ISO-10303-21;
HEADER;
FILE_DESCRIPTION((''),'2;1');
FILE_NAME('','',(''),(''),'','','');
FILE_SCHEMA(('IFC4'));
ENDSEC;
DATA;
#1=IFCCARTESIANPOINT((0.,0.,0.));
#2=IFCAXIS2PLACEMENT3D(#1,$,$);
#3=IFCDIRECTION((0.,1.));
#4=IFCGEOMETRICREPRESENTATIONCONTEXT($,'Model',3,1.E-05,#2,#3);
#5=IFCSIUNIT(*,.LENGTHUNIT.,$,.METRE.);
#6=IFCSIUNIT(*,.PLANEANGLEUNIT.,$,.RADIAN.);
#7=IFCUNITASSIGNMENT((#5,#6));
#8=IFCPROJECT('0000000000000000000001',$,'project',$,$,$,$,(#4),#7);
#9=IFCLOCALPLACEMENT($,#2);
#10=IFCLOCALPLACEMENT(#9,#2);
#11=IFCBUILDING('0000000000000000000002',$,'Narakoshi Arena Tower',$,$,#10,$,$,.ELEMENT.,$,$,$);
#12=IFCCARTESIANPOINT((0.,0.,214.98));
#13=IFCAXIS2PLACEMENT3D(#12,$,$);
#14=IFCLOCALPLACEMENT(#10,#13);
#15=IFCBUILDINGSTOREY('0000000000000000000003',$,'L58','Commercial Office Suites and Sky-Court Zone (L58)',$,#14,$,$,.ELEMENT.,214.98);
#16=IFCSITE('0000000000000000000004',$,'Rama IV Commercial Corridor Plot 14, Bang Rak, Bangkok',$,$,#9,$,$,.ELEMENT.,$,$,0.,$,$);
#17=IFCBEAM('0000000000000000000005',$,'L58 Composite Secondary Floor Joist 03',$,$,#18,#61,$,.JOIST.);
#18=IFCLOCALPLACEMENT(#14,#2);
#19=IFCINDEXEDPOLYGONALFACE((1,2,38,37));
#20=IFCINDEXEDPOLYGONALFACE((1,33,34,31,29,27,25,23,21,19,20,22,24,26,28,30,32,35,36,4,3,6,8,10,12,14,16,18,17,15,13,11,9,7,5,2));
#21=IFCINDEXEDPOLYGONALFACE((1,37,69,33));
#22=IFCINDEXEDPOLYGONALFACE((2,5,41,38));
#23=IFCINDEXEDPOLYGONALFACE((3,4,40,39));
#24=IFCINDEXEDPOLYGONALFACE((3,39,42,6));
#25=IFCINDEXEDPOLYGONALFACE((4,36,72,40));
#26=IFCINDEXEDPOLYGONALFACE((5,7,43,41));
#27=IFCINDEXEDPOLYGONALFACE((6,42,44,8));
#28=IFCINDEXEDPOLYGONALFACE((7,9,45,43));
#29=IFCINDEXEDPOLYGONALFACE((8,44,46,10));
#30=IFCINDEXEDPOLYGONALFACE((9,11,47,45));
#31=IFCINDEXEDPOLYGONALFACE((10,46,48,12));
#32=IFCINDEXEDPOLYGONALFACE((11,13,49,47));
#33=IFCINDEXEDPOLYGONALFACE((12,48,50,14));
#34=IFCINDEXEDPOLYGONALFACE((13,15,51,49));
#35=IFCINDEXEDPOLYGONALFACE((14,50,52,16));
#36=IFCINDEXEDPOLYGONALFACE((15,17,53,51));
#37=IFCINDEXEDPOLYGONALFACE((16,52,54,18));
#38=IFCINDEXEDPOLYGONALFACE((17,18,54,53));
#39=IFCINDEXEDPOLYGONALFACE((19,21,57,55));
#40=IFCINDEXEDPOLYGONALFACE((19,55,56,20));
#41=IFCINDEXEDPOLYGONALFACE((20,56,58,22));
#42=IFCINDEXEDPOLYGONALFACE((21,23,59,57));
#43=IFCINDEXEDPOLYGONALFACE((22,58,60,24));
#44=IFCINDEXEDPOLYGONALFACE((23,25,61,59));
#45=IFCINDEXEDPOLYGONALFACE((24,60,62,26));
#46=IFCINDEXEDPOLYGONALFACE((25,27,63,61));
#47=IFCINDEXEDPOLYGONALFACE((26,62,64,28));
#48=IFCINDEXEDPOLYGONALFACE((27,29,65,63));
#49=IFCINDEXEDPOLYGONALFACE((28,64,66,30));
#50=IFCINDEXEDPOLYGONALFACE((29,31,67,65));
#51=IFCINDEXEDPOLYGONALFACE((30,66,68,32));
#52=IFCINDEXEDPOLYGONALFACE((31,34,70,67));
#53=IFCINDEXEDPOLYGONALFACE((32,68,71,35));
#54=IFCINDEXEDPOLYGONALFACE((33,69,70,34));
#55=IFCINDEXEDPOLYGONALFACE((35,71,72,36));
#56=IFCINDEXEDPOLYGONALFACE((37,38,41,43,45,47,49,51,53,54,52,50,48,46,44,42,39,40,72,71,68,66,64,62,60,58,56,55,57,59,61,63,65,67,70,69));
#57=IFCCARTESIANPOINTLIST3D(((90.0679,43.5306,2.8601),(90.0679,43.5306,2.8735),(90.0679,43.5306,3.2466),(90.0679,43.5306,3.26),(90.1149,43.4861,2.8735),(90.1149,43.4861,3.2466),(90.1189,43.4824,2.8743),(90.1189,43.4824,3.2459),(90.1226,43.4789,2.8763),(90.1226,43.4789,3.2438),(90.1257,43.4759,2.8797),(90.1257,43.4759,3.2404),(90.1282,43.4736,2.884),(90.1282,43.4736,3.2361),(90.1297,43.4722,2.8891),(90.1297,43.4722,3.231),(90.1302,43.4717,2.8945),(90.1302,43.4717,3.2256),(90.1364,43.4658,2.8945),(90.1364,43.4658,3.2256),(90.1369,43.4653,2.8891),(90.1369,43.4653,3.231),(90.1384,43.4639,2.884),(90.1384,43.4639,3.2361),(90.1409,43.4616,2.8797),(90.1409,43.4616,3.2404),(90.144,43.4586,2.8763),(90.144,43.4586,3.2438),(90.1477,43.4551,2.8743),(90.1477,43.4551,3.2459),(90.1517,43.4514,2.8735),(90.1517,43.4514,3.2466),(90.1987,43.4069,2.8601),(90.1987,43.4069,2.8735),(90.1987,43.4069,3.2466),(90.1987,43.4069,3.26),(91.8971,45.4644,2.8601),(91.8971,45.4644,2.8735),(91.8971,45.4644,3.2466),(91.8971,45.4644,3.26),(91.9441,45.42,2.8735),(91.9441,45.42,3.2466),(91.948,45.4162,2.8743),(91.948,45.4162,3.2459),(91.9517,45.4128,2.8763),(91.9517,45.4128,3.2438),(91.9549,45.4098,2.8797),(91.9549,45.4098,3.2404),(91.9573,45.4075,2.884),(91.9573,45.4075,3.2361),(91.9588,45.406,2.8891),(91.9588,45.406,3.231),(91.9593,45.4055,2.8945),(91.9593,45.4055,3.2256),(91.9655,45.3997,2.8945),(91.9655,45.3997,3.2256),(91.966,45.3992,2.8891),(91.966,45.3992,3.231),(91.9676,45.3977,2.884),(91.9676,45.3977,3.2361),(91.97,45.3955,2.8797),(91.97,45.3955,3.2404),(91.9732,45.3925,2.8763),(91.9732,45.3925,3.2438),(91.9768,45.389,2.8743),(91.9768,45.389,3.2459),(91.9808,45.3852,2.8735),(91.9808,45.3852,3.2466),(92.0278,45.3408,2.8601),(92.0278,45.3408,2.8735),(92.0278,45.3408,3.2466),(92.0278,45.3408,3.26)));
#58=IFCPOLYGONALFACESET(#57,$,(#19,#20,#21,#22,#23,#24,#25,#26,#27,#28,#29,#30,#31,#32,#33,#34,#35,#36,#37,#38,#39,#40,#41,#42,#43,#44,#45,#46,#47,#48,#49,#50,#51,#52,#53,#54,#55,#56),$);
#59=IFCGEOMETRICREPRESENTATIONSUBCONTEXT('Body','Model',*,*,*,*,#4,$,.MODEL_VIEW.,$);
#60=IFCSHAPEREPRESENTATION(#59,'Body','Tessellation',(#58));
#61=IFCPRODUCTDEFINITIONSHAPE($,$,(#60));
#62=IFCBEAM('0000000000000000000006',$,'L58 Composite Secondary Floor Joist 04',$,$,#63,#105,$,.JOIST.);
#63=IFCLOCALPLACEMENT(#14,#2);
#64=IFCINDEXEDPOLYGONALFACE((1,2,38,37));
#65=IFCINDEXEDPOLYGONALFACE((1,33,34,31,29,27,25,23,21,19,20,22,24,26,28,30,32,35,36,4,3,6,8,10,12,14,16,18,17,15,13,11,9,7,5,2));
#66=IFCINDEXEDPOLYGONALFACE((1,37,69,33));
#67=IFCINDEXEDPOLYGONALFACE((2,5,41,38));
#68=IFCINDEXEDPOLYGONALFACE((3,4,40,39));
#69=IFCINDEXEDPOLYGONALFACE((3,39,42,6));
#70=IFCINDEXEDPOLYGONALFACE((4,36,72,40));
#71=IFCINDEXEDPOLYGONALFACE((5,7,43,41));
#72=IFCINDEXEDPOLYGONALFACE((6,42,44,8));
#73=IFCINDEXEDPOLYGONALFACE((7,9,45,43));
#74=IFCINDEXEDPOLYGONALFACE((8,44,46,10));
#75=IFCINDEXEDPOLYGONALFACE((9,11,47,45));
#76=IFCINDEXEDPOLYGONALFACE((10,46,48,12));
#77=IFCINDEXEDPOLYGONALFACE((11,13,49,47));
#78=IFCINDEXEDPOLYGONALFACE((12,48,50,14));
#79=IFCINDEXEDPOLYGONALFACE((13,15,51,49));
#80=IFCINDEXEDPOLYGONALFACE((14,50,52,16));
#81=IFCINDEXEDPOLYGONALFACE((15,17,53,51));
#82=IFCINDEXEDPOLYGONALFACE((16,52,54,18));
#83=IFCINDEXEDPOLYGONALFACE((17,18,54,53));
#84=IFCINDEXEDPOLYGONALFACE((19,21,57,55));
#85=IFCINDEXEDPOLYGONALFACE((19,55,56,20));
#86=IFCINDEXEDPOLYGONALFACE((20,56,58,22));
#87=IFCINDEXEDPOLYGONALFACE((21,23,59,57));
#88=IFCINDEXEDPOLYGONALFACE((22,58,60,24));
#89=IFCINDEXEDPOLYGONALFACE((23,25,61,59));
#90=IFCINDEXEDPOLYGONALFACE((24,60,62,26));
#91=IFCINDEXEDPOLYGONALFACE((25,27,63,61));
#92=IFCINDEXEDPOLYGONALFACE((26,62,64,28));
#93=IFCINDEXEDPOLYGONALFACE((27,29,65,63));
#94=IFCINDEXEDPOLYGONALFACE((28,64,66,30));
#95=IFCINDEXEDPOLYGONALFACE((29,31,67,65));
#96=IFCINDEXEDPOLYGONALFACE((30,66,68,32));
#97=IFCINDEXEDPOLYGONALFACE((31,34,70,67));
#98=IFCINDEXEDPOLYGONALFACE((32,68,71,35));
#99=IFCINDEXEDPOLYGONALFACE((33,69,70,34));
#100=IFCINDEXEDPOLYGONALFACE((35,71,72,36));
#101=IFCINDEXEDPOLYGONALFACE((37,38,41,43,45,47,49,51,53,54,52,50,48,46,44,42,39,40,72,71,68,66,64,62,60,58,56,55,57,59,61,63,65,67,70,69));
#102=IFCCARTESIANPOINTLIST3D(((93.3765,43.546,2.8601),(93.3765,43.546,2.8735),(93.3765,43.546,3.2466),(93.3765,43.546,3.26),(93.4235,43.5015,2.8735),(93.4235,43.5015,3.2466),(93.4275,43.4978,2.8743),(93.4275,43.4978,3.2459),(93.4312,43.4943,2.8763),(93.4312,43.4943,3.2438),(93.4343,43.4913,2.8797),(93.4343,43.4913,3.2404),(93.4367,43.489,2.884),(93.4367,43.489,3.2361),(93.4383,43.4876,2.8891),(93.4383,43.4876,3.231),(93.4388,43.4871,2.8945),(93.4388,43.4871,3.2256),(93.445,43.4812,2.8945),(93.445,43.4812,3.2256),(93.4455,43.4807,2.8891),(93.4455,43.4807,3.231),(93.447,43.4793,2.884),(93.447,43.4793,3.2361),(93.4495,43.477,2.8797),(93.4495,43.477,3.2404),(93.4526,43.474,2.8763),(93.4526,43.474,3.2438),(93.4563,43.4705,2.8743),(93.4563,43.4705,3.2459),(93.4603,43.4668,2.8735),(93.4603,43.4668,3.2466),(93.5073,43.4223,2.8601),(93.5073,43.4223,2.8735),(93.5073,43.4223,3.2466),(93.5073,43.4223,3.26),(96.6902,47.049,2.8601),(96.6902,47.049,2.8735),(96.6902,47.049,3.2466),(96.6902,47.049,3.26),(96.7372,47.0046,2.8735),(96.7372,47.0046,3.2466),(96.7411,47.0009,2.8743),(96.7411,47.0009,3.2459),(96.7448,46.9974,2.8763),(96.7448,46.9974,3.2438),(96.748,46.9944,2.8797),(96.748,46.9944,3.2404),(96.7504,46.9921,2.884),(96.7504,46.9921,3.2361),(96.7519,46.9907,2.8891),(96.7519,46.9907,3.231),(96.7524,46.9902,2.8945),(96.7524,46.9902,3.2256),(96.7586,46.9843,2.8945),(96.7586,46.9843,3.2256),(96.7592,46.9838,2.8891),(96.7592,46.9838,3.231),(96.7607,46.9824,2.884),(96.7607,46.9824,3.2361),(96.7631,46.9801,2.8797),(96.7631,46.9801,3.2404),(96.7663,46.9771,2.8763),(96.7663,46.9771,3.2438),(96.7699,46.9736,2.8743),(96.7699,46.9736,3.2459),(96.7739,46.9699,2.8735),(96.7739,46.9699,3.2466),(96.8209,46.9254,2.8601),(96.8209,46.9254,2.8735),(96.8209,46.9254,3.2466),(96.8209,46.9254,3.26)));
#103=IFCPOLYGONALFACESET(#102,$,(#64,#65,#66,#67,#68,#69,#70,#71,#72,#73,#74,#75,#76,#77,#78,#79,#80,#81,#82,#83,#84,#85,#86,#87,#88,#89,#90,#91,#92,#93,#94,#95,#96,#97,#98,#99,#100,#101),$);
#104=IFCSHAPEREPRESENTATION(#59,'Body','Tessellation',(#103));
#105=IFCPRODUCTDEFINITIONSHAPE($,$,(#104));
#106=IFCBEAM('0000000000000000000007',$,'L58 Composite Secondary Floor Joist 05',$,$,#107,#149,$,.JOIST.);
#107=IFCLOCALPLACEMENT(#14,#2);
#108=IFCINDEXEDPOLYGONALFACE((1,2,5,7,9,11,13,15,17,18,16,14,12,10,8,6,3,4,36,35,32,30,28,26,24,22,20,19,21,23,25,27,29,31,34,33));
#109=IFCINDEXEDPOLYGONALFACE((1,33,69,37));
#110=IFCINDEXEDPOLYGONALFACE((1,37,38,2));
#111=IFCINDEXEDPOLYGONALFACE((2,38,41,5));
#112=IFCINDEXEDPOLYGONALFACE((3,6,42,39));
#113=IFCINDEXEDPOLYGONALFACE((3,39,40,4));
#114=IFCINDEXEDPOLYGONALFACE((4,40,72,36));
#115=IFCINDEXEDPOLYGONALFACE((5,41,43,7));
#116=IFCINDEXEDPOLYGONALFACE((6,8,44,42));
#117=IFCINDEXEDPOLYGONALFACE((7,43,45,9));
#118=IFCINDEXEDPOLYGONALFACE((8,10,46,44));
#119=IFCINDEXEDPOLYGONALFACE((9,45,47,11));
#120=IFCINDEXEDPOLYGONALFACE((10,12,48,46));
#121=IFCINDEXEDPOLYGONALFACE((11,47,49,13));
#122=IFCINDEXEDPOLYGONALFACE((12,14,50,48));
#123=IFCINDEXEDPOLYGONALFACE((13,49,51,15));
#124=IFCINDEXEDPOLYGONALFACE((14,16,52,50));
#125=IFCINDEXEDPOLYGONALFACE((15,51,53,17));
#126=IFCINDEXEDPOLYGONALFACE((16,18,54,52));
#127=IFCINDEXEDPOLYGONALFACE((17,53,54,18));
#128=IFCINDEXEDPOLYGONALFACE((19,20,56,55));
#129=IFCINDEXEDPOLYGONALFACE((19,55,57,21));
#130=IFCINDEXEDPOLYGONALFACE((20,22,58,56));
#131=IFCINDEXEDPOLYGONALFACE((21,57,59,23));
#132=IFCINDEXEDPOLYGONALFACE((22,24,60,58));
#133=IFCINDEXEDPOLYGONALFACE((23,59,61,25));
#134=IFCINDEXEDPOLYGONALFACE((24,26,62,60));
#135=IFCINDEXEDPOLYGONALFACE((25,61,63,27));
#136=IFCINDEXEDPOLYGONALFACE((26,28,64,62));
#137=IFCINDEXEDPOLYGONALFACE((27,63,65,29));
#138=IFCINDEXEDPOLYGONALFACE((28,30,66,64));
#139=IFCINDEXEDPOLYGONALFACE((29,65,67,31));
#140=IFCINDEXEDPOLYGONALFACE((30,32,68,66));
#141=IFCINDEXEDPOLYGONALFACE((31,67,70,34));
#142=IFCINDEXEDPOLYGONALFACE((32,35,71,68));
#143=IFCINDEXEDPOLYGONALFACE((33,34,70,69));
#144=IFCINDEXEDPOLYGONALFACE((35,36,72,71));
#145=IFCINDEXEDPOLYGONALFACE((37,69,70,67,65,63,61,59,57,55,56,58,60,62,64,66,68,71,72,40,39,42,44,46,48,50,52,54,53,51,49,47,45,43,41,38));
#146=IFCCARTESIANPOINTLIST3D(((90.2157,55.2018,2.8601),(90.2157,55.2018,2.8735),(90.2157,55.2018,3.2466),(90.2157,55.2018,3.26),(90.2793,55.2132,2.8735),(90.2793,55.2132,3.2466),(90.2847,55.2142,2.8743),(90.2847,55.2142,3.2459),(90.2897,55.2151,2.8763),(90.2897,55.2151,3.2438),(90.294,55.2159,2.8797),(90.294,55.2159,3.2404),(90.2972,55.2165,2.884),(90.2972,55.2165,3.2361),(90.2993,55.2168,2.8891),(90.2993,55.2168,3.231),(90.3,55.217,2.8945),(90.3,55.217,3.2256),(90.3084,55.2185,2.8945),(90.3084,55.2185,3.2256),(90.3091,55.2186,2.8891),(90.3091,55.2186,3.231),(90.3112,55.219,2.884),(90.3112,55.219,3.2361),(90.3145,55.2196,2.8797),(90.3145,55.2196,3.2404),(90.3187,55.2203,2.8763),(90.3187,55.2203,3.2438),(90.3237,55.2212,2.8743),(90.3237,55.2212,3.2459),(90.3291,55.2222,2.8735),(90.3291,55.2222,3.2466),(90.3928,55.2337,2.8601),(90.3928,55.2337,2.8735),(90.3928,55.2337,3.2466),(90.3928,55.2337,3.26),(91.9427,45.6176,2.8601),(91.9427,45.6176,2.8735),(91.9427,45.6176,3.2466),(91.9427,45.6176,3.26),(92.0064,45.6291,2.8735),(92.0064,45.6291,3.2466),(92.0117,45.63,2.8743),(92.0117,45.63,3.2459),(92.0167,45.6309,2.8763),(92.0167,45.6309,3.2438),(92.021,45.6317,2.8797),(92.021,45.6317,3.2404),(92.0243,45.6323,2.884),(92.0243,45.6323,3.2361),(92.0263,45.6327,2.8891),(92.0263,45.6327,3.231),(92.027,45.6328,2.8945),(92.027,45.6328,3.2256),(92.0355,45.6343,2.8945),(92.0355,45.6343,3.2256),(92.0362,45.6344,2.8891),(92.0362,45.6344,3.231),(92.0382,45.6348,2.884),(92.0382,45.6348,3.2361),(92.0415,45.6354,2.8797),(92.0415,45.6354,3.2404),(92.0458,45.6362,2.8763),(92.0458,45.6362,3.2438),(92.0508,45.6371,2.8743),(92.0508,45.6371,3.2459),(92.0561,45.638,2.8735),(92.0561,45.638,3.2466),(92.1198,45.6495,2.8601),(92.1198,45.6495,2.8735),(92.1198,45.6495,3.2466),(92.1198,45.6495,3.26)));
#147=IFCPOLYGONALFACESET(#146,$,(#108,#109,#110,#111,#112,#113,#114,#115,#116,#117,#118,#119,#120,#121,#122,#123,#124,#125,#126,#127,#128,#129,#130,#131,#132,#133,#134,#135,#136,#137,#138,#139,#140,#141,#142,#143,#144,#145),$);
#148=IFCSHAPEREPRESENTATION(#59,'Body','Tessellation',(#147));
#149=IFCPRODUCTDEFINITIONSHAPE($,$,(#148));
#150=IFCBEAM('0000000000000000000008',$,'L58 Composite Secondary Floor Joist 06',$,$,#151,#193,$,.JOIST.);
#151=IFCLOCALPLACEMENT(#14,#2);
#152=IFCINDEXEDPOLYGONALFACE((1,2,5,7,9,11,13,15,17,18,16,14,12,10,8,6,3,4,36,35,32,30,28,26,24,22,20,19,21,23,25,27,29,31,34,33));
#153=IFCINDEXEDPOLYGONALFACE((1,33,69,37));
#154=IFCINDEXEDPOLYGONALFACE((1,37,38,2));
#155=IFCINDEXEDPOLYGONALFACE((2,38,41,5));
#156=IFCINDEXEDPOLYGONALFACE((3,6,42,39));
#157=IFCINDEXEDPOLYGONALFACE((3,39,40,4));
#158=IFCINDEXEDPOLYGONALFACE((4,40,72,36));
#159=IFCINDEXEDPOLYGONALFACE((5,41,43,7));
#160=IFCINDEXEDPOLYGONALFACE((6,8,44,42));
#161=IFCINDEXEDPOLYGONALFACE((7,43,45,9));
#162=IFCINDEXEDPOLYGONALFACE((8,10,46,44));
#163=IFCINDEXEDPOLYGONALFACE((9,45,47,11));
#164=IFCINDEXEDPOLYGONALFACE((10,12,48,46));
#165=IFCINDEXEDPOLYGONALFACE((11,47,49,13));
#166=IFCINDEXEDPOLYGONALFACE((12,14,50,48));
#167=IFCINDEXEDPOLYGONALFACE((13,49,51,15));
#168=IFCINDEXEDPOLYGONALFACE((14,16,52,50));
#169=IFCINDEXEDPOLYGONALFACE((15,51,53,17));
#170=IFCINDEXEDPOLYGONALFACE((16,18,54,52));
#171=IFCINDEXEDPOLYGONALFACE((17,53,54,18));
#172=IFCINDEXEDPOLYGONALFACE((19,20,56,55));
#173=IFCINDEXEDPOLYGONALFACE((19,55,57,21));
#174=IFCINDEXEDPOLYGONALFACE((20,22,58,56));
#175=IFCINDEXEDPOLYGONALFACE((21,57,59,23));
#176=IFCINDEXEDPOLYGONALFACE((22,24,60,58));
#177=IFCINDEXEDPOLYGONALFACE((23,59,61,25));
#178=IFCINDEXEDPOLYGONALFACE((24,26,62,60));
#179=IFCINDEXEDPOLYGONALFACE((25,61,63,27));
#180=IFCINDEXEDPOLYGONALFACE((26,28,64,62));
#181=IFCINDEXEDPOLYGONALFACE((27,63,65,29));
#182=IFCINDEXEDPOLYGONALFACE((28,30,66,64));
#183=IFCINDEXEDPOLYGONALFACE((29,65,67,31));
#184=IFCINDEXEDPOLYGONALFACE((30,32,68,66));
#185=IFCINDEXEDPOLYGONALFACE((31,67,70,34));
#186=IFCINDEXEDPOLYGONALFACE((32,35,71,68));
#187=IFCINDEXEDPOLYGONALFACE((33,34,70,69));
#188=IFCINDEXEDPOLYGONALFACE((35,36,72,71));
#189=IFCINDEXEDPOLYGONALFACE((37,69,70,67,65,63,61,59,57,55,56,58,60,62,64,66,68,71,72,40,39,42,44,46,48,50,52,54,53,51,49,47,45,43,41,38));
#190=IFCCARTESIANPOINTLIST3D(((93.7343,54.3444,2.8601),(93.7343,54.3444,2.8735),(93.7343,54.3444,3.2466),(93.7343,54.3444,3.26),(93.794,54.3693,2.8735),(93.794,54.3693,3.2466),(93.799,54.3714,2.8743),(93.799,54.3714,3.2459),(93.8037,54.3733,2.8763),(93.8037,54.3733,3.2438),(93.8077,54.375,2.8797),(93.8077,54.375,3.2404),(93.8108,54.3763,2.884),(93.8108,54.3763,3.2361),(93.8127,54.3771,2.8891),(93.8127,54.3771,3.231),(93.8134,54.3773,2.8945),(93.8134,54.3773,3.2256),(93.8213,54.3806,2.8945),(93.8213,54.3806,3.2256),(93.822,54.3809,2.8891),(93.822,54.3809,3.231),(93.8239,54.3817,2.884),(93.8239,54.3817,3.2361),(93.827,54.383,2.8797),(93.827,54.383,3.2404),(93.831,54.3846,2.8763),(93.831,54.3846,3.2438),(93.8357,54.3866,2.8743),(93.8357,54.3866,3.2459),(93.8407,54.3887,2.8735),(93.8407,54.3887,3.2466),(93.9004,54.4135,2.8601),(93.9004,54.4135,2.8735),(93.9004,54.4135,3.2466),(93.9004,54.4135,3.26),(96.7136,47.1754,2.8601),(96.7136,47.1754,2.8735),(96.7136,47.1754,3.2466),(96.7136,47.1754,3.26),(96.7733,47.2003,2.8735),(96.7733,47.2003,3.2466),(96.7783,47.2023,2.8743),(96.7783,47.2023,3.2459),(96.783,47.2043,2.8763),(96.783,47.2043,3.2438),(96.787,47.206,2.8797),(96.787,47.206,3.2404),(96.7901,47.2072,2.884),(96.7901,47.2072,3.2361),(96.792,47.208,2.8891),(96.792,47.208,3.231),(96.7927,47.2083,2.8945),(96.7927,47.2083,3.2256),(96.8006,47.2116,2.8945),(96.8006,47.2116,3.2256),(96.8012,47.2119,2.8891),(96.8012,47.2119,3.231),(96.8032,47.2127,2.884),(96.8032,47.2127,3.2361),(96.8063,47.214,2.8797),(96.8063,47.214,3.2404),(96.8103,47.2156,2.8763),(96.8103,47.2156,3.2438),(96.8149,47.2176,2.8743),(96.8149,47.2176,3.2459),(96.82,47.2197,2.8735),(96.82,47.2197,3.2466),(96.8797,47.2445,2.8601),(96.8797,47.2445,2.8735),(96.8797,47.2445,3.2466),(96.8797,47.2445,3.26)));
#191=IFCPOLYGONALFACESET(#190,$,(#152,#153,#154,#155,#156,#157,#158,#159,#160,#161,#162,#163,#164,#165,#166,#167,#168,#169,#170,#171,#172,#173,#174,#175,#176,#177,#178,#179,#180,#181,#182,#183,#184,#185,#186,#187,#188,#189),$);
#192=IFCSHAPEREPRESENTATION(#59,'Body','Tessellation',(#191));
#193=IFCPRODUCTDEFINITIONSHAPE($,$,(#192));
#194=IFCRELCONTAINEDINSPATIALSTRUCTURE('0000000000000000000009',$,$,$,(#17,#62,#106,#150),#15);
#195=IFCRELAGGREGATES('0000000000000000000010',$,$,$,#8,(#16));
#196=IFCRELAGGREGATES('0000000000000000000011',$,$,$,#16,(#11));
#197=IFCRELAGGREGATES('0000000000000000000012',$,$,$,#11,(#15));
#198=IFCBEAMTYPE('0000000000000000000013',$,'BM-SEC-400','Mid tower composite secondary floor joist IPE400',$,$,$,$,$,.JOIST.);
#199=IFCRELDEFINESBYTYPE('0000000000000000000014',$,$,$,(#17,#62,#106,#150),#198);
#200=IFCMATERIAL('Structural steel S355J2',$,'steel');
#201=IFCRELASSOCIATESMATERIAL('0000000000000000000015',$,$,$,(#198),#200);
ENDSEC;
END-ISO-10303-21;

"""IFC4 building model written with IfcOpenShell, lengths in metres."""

from ifc_helpers import new_model, si_unit, direction, frame, origin, origin_2d, place, context, subcontext, project, spatial, i_section, extrude, material, material_profile, profile_set, type_object, element, save


model = new_model("IFC4")

# Units and contexts
model_context = context("Model", 3, precision=1e-05, world=origin(), true_north=direction((0.0, 1.0)))
body_context = subcontext(model_context, "Body", "Model", "MODEL_VIEW")
ifc_project = project(units=[si_unit("LENGTHUNIT", "METRE"), si_unit("PLANEANGLEUNIT", "RADIAN")], contexts=[model_context])

# Site, building, storey
site_placement = place(None, origin())
site = spatial("IfcSite", under=ifc_project, at=site_placement, Name="Rama IV Commercial Corridor Plot 14, Bang Rak, Bangkok", CompositionType="ELEMENT", RefElevation=0.0)
building_placement = place(site_placement, origin())
building = spatial("IfcBuilding", under=site, at=building_placement, Name="Narakoshi Arena Tower", CompositionType="ELEMENT")
storey_placement = place(building_placement, frame((0.0, 0.0, 214.98)))
storey = spatial("IfcBuildingStorey", under=building, at=storey_placement, Name="L58", Description="Commercial Office Suites and Sky-Court Zone (L58)", CompositionType="ELEMENT", Elevation=214.98)

# Beams
ifc_material_1 = material(Name="Structural steel S355J2", Category="steel")
ifc_material_profile_1 = material_profile(ifc_material_1, i_section(OverallWidth=0.1799, OverallDepth=0.3999, WebThickness=0.0085, FlangeThickness=0.0134, FilletRadius=0.021, at=origin_2d()), Name="IPE400")
ifc_profile_set_1 = profile_set([ifc_material_profile_1], Name="Structural steel S355J2")
beam_type_1 = type_object("IfcBeamType", Name="BM-SEC-400", Description="Mid tower composite secondary floor joist IPE400", PredefinedType="JOIST", material=ifc_profile_set_1)
beam_1_placement = place(storey_placement, frame((90.1333, 43.4688, 3.0601), z_axis=(0.687159, 0.726507, 0.0), x_axis=(-0.726507, 0.687159, 0.0)))
element("IfcBeam", 1, at=beam_1_placement, inside=storey, type_object=beam_type_1, Name="L58 Composite Secondary Floor Joist 03", PredefinedType="JOIST", context=body_context, shape_type="SweptSolid", body=[
    extrude(i_section(OverallWidth=0.1799, OverallDepth=0.3999, WebThickness=0.0085, FlangeThickness=0.0134, FilletRadius=0.021, at=origin_2d()), origin(), (0.0, 0.0, 1.0), 2.6619),
])
beam_2_placement = place(storey_placement, frame((93.4419, 43.4841, 3.0601), z_axis=(0.68719, 0.726478, 0.0), x_axis=(-0.726478, 0.68719, 0.0)))
element("IfcBeam", 2, at=beam_2_placement, inside=storey, type_object=beam_type_1, Name="L58 Composite Secondary Floor Joist 04", PredefinedType="JOIST", context=body_context, shape_type="SweptSolid", body=[
    extrude(i_section(OverallWidth=0.1799, OverallDepth=0.3999, WebThickness=0.0085, FlangeThickness=0.0134, FilletRadius=0.021, at=origin_2d()), origin(), (0.0, 0.0, 1.0), 4.822),
])
beam_3_placement = place(storey_placement, frame((92.0312, 45.6335, 3.0601), z_axis=(-0.177341, 0.984149, 0.0), x_axis=(-0.984149, -0.177341, 0.0)))
element("IfcBeam", 3, at=beam_3_placement, inside=storey, type_object=beam_type_1, Name="L58 Composite Secondary Floor Joist 05", PredefinedType="JOIST", context=body_context, shape_type="SweptSolid", body=[
    extrude(i_section(OverallWidth=0.1799, OverallDepth=0.3999, WebThickness=0.0085, FlangeThickness=0.0134, FilletRadius=0.021, at=origin_2d()), origin(), (0.0, 0.0, 1.0), 9.7385),
])
beam_4_placement = place(storey_placement, frame((96.7966, 47.21, 3.0601), z_axis=(-0.383758, 0.923434, 0.0), x_axis=(-0.923434, -0.383758, 0.0)))
element("IfcBeam", 4, at=beam_4_placement, inside=storey, type_object=beam_type_1, Name="L58 Composite Secondary Floor Joist 06", PredefinedType="JOIST", context=body_context, shape_type="SweptSolid", body=[
    extrude(i_section(OverallWidth=0.1799, OverallDepth=0.3999, WebThickness=0.0085, FlangeThickness=0.0134, FilletRadius=0.021, at=origin_2d()), origin(), (0.0, 0.0, 1.0), 7.7634),
])

save(model, "model.ifc")
